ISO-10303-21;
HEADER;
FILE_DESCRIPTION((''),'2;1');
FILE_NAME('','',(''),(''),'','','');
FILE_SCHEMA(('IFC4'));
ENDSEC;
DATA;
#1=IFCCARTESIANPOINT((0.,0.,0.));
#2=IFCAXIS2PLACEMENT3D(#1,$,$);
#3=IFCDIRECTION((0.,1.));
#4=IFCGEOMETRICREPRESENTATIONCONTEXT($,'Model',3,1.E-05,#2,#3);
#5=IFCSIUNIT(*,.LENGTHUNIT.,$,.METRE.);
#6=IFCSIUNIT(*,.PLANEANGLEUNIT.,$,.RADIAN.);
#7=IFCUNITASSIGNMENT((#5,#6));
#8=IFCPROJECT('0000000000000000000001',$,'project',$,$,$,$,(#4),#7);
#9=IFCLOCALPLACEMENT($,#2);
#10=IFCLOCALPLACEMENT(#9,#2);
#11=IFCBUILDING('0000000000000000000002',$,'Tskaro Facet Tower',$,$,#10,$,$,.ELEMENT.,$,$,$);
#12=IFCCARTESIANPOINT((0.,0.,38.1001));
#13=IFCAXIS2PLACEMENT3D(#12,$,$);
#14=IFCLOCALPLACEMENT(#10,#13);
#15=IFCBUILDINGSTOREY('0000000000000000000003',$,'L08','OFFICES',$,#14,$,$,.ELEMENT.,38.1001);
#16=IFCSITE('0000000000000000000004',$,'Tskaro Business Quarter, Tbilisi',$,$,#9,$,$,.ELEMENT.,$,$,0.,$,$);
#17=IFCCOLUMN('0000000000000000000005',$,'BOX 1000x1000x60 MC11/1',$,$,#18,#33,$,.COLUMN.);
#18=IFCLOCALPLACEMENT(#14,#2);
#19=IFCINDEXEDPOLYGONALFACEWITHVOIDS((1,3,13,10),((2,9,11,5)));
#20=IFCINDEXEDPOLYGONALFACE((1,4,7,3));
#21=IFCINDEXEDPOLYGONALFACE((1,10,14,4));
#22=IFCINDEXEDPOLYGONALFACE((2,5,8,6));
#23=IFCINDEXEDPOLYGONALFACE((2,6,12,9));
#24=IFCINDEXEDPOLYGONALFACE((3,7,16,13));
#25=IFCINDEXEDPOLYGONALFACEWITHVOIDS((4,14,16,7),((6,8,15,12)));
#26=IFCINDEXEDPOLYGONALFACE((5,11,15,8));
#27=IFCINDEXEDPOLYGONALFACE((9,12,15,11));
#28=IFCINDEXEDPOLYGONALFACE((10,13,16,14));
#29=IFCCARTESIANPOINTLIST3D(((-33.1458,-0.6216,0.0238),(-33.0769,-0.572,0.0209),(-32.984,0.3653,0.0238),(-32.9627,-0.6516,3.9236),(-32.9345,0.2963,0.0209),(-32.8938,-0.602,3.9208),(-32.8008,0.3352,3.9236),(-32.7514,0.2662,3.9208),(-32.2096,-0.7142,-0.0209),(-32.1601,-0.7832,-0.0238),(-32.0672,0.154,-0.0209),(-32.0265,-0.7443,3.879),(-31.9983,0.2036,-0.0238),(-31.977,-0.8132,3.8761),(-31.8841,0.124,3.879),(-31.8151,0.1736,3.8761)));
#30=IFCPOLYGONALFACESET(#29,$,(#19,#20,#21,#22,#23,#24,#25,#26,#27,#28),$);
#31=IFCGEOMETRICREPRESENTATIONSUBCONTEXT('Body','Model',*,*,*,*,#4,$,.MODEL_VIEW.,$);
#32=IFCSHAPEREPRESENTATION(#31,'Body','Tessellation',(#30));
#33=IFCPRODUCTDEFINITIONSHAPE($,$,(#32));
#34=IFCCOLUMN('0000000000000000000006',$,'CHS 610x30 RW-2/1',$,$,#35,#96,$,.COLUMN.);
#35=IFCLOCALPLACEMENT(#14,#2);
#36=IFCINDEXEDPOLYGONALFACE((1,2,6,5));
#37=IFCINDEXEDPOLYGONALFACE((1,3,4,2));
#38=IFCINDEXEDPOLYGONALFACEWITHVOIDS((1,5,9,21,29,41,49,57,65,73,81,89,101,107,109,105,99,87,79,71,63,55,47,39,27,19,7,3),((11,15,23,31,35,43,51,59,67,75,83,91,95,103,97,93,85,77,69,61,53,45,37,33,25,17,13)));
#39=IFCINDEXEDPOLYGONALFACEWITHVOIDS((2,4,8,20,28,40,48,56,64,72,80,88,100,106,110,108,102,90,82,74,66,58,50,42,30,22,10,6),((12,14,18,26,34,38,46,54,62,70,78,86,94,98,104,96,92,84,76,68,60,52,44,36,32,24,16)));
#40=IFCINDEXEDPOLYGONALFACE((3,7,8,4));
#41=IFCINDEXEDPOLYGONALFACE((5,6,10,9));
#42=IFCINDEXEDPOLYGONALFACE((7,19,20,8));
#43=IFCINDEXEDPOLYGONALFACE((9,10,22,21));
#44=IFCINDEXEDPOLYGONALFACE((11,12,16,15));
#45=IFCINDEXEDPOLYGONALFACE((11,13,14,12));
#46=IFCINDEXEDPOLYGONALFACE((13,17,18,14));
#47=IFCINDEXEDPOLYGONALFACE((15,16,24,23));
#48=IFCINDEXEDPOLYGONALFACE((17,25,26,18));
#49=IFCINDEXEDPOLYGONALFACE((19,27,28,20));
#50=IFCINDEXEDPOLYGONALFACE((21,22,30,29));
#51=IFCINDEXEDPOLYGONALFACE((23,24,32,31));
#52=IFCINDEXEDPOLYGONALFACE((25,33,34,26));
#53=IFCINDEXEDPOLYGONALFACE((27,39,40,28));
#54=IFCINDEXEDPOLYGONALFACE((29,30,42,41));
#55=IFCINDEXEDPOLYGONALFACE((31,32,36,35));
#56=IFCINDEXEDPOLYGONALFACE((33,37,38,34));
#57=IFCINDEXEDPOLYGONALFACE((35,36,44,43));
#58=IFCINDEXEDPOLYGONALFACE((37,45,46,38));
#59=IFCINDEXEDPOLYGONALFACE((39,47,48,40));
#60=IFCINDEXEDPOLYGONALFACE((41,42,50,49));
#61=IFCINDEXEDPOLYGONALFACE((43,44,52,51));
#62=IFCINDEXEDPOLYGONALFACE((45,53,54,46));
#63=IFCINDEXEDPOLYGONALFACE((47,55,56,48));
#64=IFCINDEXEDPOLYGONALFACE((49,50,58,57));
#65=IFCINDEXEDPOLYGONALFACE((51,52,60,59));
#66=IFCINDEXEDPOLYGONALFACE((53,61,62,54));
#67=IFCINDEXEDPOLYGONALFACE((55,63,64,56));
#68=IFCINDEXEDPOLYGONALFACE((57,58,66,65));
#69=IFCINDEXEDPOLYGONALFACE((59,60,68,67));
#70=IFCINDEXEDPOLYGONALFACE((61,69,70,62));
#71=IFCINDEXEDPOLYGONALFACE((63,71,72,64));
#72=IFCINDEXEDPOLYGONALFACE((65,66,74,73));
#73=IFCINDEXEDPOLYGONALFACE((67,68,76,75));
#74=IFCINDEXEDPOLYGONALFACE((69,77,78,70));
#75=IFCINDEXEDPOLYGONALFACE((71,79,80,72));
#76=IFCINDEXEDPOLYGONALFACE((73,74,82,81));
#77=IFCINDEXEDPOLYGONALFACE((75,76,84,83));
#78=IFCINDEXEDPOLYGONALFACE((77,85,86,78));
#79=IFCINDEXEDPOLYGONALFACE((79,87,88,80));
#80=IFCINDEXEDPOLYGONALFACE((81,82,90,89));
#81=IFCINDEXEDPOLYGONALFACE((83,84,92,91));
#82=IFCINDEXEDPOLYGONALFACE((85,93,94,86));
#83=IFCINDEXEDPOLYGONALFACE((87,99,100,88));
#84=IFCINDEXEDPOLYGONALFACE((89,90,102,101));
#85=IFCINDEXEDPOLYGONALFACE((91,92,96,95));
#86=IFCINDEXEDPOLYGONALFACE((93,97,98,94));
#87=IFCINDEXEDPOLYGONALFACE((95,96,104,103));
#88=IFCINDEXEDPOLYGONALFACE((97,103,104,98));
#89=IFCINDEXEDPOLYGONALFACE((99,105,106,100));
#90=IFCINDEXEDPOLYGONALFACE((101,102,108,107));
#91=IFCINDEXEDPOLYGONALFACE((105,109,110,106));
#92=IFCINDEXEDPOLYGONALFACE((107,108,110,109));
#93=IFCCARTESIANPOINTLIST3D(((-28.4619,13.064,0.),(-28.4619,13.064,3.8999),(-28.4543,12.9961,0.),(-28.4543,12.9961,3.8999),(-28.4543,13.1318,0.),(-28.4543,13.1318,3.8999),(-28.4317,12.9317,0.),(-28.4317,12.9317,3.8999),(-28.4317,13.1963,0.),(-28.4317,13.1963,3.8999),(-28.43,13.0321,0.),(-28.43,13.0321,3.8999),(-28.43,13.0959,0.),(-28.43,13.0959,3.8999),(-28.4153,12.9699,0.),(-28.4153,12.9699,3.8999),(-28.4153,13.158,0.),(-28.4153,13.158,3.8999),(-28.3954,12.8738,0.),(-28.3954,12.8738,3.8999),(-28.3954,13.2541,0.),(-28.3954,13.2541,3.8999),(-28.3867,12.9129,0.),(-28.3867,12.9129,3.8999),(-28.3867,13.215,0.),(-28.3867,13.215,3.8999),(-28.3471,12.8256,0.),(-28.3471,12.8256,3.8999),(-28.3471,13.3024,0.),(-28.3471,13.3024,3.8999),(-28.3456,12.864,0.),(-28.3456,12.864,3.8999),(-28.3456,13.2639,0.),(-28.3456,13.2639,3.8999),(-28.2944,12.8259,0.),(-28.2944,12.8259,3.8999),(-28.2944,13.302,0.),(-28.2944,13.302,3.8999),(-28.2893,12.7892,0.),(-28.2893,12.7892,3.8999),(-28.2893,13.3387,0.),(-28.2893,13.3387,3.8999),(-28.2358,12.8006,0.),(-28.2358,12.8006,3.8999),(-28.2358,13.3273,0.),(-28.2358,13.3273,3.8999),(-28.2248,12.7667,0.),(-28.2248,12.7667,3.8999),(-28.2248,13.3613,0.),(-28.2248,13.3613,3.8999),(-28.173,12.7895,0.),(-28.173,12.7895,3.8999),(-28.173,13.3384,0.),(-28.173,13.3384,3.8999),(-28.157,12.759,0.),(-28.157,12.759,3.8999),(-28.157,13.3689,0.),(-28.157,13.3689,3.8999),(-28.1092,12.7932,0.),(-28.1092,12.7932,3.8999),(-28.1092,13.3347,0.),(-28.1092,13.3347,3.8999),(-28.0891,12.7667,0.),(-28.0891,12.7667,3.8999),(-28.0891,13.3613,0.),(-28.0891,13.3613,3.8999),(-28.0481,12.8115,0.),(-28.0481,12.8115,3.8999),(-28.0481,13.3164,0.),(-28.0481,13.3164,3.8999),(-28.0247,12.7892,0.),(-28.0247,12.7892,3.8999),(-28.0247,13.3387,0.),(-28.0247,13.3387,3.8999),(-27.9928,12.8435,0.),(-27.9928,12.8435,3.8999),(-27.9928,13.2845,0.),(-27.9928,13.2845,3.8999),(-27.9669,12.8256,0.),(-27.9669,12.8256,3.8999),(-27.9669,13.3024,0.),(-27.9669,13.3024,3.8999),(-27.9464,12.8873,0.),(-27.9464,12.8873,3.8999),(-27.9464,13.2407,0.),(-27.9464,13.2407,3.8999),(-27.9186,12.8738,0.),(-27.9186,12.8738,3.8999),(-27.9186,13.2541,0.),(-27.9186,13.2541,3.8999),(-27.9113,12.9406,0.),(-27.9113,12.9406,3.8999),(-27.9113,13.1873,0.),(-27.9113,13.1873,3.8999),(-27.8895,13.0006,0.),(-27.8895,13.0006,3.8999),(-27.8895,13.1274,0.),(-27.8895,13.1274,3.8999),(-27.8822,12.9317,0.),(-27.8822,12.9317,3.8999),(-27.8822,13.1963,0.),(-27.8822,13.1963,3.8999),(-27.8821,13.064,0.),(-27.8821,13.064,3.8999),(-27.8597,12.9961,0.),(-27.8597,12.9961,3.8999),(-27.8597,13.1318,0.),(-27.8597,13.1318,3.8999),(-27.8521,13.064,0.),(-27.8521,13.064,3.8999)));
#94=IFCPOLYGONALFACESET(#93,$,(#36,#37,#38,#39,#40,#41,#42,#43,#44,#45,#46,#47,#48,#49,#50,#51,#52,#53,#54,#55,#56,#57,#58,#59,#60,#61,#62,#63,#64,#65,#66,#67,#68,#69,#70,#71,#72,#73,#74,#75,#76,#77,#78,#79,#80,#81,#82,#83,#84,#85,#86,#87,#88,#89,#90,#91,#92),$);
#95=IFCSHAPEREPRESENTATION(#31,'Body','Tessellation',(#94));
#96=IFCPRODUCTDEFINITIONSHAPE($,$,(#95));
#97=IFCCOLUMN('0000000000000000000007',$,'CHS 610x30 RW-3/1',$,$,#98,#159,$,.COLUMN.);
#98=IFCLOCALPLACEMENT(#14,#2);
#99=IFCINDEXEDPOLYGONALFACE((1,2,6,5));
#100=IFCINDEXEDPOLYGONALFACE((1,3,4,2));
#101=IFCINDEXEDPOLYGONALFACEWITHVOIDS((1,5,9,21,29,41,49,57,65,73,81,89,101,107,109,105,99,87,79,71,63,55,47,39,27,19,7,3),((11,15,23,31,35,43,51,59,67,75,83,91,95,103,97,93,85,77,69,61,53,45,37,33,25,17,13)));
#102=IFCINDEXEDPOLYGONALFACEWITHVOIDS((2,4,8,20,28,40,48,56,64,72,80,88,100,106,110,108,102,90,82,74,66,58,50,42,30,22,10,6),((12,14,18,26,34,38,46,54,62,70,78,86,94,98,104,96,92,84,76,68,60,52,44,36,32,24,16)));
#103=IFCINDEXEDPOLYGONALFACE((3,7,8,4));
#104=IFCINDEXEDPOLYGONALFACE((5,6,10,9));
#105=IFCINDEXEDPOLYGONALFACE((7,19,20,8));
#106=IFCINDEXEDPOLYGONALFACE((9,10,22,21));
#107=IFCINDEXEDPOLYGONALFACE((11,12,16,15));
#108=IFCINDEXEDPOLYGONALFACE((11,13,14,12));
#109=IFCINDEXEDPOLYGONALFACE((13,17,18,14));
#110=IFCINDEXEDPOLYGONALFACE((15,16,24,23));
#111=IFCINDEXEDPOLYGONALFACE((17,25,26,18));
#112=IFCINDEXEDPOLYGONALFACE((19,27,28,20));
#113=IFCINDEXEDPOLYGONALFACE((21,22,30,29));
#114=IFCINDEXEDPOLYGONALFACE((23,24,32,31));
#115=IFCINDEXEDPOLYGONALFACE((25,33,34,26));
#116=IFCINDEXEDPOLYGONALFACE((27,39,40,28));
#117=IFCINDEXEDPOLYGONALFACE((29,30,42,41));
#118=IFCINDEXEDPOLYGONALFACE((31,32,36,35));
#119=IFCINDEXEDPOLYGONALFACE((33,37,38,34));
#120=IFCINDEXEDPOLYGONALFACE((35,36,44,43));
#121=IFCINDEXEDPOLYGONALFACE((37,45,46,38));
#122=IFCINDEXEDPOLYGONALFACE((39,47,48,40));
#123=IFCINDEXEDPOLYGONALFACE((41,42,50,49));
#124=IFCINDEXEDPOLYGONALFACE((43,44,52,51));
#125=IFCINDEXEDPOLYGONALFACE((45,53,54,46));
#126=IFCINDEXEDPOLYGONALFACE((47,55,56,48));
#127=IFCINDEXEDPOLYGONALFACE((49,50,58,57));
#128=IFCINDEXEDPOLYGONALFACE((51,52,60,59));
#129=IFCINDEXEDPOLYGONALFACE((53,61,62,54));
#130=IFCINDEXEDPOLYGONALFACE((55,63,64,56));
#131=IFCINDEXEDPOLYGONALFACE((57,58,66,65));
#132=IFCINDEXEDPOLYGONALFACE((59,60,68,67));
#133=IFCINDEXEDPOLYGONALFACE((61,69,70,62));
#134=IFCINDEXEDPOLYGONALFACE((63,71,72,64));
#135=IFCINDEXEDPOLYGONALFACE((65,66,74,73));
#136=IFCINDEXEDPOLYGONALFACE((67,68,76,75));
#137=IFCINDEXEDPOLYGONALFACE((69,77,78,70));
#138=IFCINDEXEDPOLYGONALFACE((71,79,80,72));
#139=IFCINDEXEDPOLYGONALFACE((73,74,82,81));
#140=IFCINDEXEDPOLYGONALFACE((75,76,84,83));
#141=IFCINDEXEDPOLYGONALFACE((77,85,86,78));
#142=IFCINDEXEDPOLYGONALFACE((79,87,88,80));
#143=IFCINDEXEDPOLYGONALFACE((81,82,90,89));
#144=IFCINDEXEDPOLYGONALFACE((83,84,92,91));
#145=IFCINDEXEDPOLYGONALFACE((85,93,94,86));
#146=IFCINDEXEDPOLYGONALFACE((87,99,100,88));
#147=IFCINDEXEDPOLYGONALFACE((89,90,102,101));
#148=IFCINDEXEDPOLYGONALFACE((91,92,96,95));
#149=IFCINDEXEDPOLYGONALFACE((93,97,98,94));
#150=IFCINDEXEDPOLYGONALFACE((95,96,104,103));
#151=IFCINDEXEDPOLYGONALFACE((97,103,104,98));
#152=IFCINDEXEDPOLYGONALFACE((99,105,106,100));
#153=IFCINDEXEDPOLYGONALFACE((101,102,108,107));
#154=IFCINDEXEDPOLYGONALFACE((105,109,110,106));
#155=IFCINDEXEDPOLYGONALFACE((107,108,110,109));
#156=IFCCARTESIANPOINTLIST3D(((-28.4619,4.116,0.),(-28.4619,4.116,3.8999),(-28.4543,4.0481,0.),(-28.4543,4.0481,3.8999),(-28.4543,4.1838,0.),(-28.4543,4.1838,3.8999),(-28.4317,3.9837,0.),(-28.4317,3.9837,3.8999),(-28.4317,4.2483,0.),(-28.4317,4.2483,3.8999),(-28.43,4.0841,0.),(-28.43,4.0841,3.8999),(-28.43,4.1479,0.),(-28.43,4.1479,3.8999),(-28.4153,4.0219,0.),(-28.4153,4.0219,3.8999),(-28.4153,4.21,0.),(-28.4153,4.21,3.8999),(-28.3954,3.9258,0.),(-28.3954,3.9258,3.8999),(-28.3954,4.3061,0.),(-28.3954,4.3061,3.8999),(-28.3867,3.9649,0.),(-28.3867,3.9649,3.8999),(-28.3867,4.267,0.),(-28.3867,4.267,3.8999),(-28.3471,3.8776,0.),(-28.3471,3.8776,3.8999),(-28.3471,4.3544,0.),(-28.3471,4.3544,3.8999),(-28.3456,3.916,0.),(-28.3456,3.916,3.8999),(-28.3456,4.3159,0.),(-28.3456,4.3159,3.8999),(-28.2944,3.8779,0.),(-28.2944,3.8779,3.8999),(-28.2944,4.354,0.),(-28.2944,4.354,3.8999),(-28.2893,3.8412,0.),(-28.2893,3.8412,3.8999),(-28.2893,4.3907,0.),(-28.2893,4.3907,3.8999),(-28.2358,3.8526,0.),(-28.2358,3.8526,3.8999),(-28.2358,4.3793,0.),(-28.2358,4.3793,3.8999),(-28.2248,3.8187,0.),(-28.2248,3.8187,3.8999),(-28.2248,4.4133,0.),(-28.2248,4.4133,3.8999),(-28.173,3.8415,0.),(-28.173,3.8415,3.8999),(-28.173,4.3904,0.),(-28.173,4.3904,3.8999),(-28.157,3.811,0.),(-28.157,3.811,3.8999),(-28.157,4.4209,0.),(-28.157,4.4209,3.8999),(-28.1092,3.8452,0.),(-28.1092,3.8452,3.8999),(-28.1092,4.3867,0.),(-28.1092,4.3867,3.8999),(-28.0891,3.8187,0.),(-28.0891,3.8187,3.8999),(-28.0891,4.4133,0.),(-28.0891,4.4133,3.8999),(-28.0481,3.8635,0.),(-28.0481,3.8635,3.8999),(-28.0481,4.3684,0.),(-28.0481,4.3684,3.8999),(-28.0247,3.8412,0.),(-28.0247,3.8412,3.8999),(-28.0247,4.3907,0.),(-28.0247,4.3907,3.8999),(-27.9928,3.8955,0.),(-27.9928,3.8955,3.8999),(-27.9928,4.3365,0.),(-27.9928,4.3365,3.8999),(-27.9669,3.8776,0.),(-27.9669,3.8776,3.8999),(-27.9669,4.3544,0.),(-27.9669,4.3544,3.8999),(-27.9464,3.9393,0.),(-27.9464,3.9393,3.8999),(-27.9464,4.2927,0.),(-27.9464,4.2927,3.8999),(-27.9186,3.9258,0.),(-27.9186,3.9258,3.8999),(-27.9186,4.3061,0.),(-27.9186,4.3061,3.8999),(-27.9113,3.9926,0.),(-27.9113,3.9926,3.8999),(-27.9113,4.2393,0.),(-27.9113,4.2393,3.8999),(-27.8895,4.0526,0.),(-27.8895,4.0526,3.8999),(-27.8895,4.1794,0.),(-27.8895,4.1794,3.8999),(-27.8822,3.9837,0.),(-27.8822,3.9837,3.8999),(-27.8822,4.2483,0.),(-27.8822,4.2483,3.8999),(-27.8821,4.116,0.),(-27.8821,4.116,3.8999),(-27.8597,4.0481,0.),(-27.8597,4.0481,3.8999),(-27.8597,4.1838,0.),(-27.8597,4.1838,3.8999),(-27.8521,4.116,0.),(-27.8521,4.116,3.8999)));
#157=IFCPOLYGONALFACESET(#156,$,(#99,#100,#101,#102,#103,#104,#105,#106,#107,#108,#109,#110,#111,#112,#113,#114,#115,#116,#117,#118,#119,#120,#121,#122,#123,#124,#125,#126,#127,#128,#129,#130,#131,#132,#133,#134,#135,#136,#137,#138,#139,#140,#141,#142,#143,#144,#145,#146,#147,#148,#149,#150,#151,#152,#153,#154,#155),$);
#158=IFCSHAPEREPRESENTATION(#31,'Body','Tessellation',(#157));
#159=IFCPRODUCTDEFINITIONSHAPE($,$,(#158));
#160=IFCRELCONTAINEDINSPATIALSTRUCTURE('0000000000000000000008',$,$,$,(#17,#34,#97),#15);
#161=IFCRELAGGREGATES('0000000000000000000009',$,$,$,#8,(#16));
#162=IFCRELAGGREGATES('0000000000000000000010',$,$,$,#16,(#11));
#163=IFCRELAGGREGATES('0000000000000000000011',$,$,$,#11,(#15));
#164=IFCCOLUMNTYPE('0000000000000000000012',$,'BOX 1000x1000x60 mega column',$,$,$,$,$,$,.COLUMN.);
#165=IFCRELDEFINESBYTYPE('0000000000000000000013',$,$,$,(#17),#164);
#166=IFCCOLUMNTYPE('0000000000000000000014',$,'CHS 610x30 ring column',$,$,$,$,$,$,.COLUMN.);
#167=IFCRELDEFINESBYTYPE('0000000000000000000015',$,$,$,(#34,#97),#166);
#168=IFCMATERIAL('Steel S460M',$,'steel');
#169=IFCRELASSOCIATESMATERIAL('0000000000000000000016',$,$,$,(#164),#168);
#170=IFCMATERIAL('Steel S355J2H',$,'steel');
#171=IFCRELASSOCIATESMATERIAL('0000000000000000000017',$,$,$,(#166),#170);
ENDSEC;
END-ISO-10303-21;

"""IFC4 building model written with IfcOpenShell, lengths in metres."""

from ifc_helpers import new_model, si_unit, direction, frame, origin, origin_2d, place, context, subcontext, project, spatial, hollow_rectangle, hollow_circle, extrude, material, material_profile, profile_set, type_object, element, save


model = new_model("IFC4")

# Units and contexts
model_context = context("Model", 3, precision=1e-05, world=origin(), true_north=direction((0.0, 1.0)))
body_context = subcontext(model_context, "Body", "Model", "MODEL_VIEW")
ifc_project = project(units=[si_unit("LENGTHUNIT", "METRE"), si_unit("PLANEANGLEUNIT", "RADIAN")], contexts=[model_context])

# Site, building, storey
site_placement = place(None, origin())
site = spatial("IfcSite", under=ifc_project, at=site_placement, Name="Tskaro Business Quarter, Tbilisi", CompositionType="ELEMENT", RefElevation=0.0)
building_placement = place(site_placement, origin())
building = spatial("IfcBuilding", under=site, at=building_placement, Name="Tskaro Facet Tower", CompositionType="ELEMENT")
storey_placement = place(building_placement, frame((0.0, 0.0, 38.1001)))
storey = spatial("IfcBuildingStorey", under=building, at=storey_placement, Name="L08", Description="OFFICES", CompositionType="ELEMENT", Elevation=38.1001)

# Columns
ifc_material_1 = material(Name="Steel S460M", Category="steel")
ifc_material_profile_1 = material_profile(ifc_material_1, hollow_rectangle(XDim=1.0, YDim=1.0, WallThickness=0.0601, at=origin_2d()), Name="BOX 1000x1000x60")
ifc_profile_set_1 = profile_set([ifc_material_profile_1], Name="Steel S460M")
column_type_1 = type_object("IfcColumnType", Name="BOX 1000x1000x60 mega column", PredefinedType="COLUMN", material=ifc_profile_set_1)
column_placement = place(storey_placement, frame((-32.572, -0.209, 0.0), z_axis=(0.046898, -0.007691, 0.99887), x_axis=(0.161838, 0.986817, 0.0)))
element("IfcColumn", 1, at=column_placement, inside=storey, type_object=column_type_1, Name="BOX 1000x1000x60 MC11/1", PredefinedType="COLUMN", context=body_context, shape_type="SweptSolid", body=[
    extrude(hollow_rectangle(XDim=1.0, YDim=1.0, WallThickness=0.0601, at=origin_2d()), origin(), (0.0, 0.0, 1.0), 3.9043),
])
ifc_material_2 = material(Name="Steel S355J2H", Category="steel")
ifc_material_profile_2 = material_profile(ifc_material_2, hollow_circle(Radius=0.3049, WallThickness=0.03, at=origin_2d()), Name="CHS 610x30")
ifc_profile_set_2 = profile_set([ifc_material_profile_2], Name="Steel S355J2H")
column_type_2 = type_object("IfcColumnType", Name="CHS 610x30 ring column", PredefinedType="COLUMN", material=ifc_profile_set_2)
for number, where, z_axis, x_axis, name in (
    (2, (-28.157, 13.064, 0.0), (0.0, 0.0, 1.0), (1.0, 0.0, 0.0), "CHS 610x30 RW-2/1"),
    (3, (-28.157, 4.116, 0.0), (0.0, 0.0, 1.0), (1.0, 0.0, 0.0), "CHS 610x30 RW-3/1"),
):
    element("IfcColumn", number, at=place(storey_placement, frame(where, z_axis=z_axis, x_axis=x_axis)), inside=storey, type_object=column_type_2, Name=name, PredefinedType="COLUMN", context=body_context, shape_type="SweptSolid", body=[
        extrude(hollow_circle(Radius=0.3049, WallThickness=0.03, at=origin_2d()), origin(), (0.0, 0.0, 1.0), 3.8999),
    ])

save(model, "model.ifc")
